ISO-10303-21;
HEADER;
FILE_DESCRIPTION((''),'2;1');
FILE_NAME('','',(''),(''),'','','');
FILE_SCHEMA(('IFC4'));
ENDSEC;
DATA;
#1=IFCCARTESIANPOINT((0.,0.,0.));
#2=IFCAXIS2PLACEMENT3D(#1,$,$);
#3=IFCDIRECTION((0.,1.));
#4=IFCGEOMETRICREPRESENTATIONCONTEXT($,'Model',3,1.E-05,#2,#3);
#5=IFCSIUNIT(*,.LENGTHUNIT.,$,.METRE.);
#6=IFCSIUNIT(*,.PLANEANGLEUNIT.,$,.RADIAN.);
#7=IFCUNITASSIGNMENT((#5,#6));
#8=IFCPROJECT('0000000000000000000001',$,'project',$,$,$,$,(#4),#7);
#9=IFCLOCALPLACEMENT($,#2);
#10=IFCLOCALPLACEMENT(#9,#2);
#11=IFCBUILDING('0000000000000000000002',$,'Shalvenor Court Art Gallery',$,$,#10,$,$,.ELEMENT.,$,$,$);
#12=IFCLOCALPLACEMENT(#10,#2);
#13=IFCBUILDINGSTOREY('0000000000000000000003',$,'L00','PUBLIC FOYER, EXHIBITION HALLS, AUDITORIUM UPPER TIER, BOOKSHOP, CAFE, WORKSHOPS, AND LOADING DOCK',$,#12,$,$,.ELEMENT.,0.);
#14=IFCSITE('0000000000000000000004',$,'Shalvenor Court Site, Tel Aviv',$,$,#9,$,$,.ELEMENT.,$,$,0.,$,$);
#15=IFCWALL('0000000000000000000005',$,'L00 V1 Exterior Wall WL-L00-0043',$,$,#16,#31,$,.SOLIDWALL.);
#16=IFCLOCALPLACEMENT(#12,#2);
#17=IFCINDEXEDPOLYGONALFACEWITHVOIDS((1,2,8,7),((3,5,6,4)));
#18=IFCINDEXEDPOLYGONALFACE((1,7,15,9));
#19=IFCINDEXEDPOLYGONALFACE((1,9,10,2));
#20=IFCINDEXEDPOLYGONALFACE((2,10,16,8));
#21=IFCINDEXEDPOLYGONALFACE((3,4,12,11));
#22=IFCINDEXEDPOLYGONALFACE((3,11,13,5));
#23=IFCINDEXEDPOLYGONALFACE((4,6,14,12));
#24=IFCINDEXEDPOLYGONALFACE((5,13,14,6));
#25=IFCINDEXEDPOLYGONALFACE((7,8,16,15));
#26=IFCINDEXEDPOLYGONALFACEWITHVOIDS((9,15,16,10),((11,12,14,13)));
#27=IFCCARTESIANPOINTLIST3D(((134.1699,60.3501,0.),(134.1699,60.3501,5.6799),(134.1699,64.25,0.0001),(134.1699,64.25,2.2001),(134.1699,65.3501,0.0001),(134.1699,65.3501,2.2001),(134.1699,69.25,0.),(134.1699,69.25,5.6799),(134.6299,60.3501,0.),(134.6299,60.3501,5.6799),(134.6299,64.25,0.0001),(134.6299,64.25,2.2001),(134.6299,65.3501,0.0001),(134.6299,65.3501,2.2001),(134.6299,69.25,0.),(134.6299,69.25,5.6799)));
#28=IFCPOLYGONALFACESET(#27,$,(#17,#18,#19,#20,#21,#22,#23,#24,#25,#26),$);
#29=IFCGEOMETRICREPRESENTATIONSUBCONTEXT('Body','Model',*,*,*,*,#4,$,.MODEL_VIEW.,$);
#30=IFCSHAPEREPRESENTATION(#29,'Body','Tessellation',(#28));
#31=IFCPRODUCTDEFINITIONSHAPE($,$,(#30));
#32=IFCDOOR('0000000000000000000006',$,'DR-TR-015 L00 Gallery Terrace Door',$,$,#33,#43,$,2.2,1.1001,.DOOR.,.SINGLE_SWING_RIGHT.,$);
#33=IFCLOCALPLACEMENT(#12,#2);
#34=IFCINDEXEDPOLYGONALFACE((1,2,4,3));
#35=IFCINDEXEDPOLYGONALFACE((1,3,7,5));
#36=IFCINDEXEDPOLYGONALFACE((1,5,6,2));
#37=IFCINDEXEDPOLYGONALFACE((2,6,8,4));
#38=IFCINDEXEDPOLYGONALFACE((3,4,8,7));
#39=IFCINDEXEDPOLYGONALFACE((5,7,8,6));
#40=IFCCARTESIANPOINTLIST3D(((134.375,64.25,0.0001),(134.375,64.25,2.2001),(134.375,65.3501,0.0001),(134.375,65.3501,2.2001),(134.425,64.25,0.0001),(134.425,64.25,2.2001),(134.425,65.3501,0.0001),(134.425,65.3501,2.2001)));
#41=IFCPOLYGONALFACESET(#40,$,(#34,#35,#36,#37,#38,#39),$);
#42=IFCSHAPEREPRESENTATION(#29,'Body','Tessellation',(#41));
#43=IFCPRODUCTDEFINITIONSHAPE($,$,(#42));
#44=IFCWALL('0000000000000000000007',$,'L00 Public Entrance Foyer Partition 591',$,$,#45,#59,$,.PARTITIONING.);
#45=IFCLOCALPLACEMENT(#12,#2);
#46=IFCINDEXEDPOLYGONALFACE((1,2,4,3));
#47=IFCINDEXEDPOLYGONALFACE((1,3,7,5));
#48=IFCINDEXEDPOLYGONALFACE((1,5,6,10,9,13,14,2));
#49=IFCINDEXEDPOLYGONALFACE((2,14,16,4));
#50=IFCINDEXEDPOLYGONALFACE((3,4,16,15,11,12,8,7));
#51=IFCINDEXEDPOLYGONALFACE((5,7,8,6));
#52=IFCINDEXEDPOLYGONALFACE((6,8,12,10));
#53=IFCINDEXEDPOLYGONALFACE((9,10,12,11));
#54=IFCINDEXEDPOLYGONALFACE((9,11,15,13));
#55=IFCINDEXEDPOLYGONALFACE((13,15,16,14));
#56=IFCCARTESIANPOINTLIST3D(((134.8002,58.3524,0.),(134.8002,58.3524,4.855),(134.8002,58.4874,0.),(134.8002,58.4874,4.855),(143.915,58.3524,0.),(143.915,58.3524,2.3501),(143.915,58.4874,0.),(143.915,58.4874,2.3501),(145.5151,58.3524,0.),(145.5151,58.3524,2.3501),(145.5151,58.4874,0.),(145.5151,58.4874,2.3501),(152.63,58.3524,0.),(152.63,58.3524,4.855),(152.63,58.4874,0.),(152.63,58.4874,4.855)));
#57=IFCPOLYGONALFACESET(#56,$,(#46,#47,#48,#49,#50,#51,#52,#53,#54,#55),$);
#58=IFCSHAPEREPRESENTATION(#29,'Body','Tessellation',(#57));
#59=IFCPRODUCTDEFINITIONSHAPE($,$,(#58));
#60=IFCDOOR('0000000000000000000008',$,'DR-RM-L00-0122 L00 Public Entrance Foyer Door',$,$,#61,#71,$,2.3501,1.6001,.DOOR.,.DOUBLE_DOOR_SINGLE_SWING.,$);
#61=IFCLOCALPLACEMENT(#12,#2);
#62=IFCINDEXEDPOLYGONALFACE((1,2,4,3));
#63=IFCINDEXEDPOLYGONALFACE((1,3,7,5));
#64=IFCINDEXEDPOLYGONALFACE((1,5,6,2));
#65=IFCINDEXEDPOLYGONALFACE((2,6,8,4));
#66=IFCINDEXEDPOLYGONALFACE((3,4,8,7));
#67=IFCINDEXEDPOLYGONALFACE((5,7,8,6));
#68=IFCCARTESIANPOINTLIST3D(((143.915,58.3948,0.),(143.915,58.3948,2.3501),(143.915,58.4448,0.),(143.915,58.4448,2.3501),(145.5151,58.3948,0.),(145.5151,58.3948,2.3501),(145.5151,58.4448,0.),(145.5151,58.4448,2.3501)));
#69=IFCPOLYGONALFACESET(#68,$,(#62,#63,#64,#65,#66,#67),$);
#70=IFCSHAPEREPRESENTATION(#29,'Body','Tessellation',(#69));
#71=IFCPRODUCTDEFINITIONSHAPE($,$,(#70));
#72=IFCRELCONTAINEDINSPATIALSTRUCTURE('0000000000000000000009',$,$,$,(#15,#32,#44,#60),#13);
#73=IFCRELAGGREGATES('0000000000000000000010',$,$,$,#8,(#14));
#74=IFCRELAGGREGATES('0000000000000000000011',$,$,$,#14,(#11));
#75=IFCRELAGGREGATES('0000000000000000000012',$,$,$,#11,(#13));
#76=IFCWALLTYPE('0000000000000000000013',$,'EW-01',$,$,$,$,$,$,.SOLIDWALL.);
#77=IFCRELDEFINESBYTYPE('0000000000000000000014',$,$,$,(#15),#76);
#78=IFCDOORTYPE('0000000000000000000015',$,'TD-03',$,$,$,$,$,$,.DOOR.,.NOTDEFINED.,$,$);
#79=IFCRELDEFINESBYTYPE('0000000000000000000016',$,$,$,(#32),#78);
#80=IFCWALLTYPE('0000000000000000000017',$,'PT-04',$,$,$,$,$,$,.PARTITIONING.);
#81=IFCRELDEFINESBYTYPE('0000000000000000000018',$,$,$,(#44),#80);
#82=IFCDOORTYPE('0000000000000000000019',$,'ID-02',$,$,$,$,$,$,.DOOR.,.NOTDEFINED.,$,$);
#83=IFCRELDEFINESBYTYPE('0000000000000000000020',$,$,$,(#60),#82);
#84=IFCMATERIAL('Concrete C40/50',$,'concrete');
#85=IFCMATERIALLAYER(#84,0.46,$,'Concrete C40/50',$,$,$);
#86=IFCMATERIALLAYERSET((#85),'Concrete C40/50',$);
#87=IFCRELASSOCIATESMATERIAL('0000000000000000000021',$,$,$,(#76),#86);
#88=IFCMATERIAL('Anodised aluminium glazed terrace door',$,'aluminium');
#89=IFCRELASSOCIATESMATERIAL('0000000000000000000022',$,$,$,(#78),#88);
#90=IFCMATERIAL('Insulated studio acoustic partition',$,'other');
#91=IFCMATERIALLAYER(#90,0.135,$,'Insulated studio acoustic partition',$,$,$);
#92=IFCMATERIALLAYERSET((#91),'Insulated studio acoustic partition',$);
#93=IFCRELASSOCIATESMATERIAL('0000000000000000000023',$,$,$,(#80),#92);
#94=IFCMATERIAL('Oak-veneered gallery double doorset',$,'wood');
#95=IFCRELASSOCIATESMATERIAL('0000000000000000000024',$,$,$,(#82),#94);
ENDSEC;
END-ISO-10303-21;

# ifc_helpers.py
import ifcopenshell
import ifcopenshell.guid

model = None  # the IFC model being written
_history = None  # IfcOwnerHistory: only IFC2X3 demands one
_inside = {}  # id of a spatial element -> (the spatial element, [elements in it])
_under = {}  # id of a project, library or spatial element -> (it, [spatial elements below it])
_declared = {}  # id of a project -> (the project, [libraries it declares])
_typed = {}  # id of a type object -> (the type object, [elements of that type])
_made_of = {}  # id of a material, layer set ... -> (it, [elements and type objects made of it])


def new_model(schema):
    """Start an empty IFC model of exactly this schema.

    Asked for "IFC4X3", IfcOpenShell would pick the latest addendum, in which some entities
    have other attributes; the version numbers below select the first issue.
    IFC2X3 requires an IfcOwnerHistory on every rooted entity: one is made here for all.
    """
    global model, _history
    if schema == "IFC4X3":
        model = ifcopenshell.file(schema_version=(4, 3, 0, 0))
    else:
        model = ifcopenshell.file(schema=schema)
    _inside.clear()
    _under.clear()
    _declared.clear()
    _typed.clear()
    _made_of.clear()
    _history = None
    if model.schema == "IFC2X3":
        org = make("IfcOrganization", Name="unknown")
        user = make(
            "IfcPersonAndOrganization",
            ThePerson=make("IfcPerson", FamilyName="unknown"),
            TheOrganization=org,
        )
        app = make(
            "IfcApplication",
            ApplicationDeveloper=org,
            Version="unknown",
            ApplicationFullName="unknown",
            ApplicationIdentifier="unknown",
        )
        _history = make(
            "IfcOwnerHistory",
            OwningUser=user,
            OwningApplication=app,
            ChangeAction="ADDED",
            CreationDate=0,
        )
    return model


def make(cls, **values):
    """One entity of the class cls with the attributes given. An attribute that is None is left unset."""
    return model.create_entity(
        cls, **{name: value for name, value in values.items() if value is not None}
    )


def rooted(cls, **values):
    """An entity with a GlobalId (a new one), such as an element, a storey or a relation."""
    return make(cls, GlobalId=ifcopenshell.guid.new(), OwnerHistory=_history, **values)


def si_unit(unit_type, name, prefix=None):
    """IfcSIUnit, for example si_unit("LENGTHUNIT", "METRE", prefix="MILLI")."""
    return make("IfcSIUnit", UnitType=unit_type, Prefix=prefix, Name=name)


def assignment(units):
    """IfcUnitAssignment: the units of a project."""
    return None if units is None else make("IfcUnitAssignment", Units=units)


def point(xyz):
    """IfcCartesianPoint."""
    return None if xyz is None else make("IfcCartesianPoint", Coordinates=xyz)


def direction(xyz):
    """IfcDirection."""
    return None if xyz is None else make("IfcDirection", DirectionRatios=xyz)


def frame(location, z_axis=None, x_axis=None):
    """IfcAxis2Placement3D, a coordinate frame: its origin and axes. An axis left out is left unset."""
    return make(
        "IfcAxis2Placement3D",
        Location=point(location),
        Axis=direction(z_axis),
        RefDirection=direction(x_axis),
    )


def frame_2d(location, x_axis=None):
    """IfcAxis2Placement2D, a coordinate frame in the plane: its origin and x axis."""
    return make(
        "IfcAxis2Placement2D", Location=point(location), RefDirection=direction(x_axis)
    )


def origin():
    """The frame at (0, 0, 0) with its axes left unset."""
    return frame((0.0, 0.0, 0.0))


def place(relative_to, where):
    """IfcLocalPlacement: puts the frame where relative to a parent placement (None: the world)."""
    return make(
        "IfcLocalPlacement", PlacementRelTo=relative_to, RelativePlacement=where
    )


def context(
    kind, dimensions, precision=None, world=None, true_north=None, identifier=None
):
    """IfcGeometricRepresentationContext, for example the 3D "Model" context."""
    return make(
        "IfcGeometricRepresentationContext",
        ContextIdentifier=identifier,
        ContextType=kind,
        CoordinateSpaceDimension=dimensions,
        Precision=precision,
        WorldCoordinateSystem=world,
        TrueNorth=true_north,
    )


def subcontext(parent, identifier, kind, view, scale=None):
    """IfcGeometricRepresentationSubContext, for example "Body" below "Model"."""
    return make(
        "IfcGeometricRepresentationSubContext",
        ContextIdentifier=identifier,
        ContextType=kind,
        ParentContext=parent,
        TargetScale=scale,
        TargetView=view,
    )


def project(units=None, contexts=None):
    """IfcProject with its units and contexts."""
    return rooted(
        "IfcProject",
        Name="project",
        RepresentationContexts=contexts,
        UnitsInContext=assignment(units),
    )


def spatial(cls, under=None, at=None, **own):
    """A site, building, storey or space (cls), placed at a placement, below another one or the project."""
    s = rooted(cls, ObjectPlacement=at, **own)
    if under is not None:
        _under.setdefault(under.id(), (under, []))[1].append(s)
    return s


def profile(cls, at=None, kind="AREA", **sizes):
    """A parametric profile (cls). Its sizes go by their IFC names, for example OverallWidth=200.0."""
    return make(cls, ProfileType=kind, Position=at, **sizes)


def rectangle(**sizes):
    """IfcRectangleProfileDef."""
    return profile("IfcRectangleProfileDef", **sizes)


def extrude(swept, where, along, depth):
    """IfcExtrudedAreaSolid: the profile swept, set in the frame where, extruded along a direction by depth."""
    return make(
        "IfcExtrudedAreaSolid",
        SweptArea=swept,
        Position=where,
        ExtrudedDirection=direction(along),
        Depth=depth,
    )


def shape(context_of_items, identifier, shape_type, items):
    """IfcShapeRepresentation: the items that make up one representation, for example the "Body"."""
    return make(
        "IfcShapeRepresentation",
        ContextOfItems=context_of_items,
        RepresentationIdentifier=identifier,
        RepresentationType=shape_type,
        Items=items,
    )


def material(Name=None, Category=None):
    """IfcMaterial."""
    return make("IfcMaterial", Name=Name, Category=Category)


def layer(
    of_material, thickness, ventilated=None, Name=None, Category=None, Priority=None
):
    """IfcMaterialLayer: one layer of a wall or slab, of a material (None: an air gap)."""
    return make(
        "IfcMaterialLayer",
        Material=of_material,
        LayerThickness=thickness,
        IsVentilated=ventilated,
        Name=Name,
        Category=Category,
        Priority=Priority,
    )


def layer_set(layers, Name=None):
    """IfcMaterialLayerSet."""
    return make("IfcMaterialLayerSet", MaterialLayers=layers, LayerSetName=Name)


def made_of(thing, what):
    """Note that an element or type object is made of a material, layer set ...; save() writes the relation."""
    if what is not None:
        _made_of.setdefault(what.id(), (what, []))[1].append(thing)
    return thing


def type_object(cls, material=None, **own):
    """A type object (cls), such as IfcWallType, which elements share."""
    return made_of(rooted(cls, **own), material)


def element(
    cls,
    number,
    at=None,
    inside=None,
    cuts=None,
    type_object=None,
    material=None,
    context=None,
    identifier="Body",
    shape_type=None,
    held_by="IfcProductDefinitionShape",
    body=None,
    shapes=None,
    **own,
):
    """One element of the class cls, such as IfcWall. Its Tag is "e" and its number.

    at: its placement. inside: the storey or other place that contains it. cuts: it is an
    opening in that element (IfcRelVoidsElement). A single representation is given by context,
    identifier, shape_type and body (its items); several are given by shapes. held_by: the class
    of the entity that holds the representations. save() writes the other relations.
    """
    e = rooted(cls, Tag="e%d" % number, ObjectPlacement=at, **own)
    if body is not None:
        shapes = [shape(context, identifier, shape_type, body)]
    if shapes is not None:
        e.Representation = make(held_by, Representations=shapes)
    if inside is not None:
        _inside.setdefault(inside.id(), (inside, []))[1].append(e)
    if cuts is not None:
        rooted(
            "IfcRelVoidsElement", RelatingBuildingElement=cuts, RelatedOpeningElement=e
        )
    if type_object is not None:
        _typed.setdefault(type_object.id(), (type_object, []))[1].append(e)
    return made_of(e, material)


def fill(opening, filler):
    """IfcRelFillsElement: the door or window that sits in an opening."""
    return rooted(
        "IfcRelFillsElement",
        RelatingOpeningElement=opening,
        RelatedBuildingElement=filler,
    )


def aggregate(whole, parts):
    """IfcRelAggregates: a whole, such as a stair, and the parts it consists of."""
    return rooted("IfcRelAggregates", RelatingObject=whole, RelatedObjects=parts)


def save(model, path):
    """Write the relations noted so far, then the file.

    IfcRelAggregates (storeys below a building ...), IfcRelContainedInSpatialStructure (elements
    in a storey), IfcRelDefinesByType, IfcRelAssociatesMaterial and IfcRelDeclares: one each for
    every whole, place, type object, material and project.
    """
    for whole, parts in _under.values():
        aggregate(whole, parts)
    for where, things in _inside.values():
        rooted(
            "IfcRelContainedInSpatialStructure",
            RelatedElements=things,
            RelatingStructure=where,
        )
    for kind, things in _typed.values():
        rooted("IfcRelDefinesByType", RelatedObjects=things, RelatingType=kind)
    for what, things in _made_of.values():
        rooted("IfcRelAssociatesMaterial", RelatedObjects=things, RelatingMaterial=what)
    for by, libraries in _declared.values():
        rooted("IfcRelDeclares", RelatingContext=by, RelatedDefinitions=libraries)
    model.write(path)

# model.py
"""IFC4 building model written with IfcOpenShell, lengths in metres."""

from ifc_helpers import new_model, si_unit, direction, frame, frame_2d, origin, place, context, subcontext, project, spatial, rectangle, extrude, material, layer, layer_set, type_object, element, fill, save


model = new_model("IFC4")

# Units and contexts
model_context = context("Model", 3, precision=1e-05, world=origin(), true_north=direction((0.0, 1.0)))
body_context = subcontext(model_context, "Body", "Model", "MODEL_VIEW")
ifc_project = project(units=[si_unit("LENGTHUNIT", "METRE"), si_unit("PLANEANGLEUNIT", "RADIAN")], contexts=[model_context])

# Site, building, storey
site_placement = place(None, origin())
site = spatial("IfcSite", under=ifc_project, at=site_placement, Name="Shalvenor Court Site, Tel Aviv", CompositionType="ELEMENT", RefElevation=0.0)
building_placement = place(site_placement, origin())
building = spatial("IfcBuilding", under=site, at=building_placement, Name="Shalvenor Court Art Gallery", CompositionType="ELEMENT")
storey_placement = place(building_placement, origin())
storey = spatial("IfcBuildingStorey", under=building, at=storey_placement, Name="L00", Description="PUBLIC FOYER, EXHIBITION HALLS, AUDITORIUM UPPER TIER, BOOKSHOP, CAFE, WORKSHOPS, AND LOADING DOCK", CompositionType="ELEMENT", Elevation=0.0)

# Shared definitions
ifc_material_1 = material(Name="Concrete C40/50", Category="concrete")
ifc_layer_1 = layer(ifc_material_1, 0.46, Name="Concrete C40/50")
ifc_layer_set_1 = layer_set([ifc_layer_1], Name="Concrete C40/50")
wall_type_1 = type_object("IfcWallType", Name="EW-01", PredefinedType="SOLIDWALL", material=ifc_layer_set_1)

# Walls, openings, doors
wall_1_placement = place(storey_placement, frame((134.3999, 60.3501, 0.0), z_axis=(0.0, 0.0, 1.0), x_axis=(0.0, 1.0, 0.0)))
wall_1 = element("IfcWall", 1, at=wall_1_placement, inside=storey, type_object=wall_type_1, Name="L00 V1 Exterior Wall WL-L00-0043", PredefinedType="SOLIDWALL", context=body_context, shape_type="SweptSolid", body=[
    extrude(rectangle(XDim=8.8999, YDim=0.46, at=frame_2d((4.45, 0.0))), origin(), (0.0, 0.0, 1.0), 5.6799),
])
opening_1_placement = place(wall_1_placement, frame((3.8999, 0.0, 0.0)))
opening_1 = element("IfcOpeningElement", 2, at=opening_1_placement, cuts=wall_1, PredefinedType="OPENING", context=body_context, shape_type="SweptSolid", body=[
    extrude(rectangle(XDim=1.1001, YDim=2.2, at=frame_2d((0.55, 1.1001))), frame((0.0, 0.24, 0.0), z_axis=(0.0, -1.0, 0.0), x_axis=(1.0, 0.0, 0.0)), (0.0, 0.0, 1.0), 0.48),
])
ifc_material_2 = material(Name="Anodised aluminium glazed terrace door", Category="aluminium")
door_type_1 = type_object("IfcDoorType", Name="TD-03", OperationType="NOTDEFINED", PredefinedType="DOOR", material=ifc_material_2)
door_1_placement = place(opening_1_placement, origin())
door_1 = element("IfcDoor", 3, at=door_1_placement, inside=storey, type_object=door_type_1, Name="DR-TR-015 L00 Gallery Terrace Door", OperationType="SINGLE_SWING_RIGHT", OverallHeight=2.2, OverallWidth=1.1001, PredefinedType="DOOR", context=body_context, shape_type="SweptSolid", body=[
    extrude(rectangle(XDim=1.1001, YDim=2.2, at=frame_2d((0.55, 1.1001))), frame((0.0, 0.0249, 0.0), z_axis=(0.0, -1.0, 0.0), x_axis=(1.0, 0.0, 0.0)), (0.0, 0.0, 1.0), 0.05),
])
fill(opening_1, door_1)
ifc_material_3 = material(Name="Insulated studio acoustic partition", Category="other")
ifc_layer_2 = layer(ifc_material_3, 0.135, Name="Insulated studio acoustic partition")
ifc_layer_set_2 = layer_set([ifc_layer_2], Name="Insulated studio acoustic partition")
wall_type_2 = type_object("IfcWallType", Name="PT-04", PredefinedType="PARTITIONING", material=ifc_layer_set_2)
wall_2_placement = place(storey_placement, frame((134.8, 58.4199, 0.0), z_axis=(0.0, 0.0, 1.0), x_axis=(1.0, 0.0, 0.0)))
wall_2 = element("IfcWall", 4, at=wall_2_placement, inside=storey, type_object=wall_type_2, Name="L00 Public Entrance Foyer Partition 591", PredefinedType="PARTITIONING", context=body_context, shape_type="SweptSolid", body=[
    extrude(rectangle(XDim=17.8298, YDim=0.135, at=frame_2d((8.915, 0.0))), origin(), (0.0, 0.0, 1.0), 4.855),
])
opening_2_placement = place(wall_2_placement, frame((9.115, 0.0, 0.0)))
opening_2 = element("IfcOpeningElement", 5, at=opening_2_placement, cuts=wall_2, PredefinedType="OPENING", context=body_context, shape_type="SweptSolid", body=[
    extrude(rectangle(XDim=1.6001, YDim=2.3501, at=frame_2d((0.8, 1.175))), frame((0.0, 0.0774, 0.0), z_axis=(0.0, -1.0, 0.0), x_axis=(1.0, 0.0, 0.0)), (0.0, 0.0, 1.0), 0.155),
])
ifc_material_4 = material(Name="Oak-veneered gallery double doorset", Category="wood")
door_type_2 = type_object("IfcDoorType", Name="ID-02", OperationType="NOTDEFINED", PredefinedType="DOOR", material=ifc_material_4)
door_2_placement = place(opening_2_placement, origin())
door_2 = element("IfcDoor", 6, at=door_2_placement, inside=storey, type_object=door_type_2, Name="DR-RM-L00-0122 L00 Public Entrance Foyer Door", OperationType="DOUBLE_DOOR_SINGLE_SWING", OverallHeight=2.3501, OverallWidth=1.6001, PredefinedType="DOOR", context=body_context, shape_type="SweptSolid", body=[
    extrude(rectangle(XDim=1.6001, YDim=2.3501, at=frame_2d((0.8, 1.175))), frame((0.0, 0.0249, 0.0), z_axis=(0.0, -1.0, 0.0), x_axis=(1.0, 0.0, 0.0)), (0.0, 0.0, 1.0), 0.05),
])
fill(opening_2, door_2)

save(model, "model.ifc")
